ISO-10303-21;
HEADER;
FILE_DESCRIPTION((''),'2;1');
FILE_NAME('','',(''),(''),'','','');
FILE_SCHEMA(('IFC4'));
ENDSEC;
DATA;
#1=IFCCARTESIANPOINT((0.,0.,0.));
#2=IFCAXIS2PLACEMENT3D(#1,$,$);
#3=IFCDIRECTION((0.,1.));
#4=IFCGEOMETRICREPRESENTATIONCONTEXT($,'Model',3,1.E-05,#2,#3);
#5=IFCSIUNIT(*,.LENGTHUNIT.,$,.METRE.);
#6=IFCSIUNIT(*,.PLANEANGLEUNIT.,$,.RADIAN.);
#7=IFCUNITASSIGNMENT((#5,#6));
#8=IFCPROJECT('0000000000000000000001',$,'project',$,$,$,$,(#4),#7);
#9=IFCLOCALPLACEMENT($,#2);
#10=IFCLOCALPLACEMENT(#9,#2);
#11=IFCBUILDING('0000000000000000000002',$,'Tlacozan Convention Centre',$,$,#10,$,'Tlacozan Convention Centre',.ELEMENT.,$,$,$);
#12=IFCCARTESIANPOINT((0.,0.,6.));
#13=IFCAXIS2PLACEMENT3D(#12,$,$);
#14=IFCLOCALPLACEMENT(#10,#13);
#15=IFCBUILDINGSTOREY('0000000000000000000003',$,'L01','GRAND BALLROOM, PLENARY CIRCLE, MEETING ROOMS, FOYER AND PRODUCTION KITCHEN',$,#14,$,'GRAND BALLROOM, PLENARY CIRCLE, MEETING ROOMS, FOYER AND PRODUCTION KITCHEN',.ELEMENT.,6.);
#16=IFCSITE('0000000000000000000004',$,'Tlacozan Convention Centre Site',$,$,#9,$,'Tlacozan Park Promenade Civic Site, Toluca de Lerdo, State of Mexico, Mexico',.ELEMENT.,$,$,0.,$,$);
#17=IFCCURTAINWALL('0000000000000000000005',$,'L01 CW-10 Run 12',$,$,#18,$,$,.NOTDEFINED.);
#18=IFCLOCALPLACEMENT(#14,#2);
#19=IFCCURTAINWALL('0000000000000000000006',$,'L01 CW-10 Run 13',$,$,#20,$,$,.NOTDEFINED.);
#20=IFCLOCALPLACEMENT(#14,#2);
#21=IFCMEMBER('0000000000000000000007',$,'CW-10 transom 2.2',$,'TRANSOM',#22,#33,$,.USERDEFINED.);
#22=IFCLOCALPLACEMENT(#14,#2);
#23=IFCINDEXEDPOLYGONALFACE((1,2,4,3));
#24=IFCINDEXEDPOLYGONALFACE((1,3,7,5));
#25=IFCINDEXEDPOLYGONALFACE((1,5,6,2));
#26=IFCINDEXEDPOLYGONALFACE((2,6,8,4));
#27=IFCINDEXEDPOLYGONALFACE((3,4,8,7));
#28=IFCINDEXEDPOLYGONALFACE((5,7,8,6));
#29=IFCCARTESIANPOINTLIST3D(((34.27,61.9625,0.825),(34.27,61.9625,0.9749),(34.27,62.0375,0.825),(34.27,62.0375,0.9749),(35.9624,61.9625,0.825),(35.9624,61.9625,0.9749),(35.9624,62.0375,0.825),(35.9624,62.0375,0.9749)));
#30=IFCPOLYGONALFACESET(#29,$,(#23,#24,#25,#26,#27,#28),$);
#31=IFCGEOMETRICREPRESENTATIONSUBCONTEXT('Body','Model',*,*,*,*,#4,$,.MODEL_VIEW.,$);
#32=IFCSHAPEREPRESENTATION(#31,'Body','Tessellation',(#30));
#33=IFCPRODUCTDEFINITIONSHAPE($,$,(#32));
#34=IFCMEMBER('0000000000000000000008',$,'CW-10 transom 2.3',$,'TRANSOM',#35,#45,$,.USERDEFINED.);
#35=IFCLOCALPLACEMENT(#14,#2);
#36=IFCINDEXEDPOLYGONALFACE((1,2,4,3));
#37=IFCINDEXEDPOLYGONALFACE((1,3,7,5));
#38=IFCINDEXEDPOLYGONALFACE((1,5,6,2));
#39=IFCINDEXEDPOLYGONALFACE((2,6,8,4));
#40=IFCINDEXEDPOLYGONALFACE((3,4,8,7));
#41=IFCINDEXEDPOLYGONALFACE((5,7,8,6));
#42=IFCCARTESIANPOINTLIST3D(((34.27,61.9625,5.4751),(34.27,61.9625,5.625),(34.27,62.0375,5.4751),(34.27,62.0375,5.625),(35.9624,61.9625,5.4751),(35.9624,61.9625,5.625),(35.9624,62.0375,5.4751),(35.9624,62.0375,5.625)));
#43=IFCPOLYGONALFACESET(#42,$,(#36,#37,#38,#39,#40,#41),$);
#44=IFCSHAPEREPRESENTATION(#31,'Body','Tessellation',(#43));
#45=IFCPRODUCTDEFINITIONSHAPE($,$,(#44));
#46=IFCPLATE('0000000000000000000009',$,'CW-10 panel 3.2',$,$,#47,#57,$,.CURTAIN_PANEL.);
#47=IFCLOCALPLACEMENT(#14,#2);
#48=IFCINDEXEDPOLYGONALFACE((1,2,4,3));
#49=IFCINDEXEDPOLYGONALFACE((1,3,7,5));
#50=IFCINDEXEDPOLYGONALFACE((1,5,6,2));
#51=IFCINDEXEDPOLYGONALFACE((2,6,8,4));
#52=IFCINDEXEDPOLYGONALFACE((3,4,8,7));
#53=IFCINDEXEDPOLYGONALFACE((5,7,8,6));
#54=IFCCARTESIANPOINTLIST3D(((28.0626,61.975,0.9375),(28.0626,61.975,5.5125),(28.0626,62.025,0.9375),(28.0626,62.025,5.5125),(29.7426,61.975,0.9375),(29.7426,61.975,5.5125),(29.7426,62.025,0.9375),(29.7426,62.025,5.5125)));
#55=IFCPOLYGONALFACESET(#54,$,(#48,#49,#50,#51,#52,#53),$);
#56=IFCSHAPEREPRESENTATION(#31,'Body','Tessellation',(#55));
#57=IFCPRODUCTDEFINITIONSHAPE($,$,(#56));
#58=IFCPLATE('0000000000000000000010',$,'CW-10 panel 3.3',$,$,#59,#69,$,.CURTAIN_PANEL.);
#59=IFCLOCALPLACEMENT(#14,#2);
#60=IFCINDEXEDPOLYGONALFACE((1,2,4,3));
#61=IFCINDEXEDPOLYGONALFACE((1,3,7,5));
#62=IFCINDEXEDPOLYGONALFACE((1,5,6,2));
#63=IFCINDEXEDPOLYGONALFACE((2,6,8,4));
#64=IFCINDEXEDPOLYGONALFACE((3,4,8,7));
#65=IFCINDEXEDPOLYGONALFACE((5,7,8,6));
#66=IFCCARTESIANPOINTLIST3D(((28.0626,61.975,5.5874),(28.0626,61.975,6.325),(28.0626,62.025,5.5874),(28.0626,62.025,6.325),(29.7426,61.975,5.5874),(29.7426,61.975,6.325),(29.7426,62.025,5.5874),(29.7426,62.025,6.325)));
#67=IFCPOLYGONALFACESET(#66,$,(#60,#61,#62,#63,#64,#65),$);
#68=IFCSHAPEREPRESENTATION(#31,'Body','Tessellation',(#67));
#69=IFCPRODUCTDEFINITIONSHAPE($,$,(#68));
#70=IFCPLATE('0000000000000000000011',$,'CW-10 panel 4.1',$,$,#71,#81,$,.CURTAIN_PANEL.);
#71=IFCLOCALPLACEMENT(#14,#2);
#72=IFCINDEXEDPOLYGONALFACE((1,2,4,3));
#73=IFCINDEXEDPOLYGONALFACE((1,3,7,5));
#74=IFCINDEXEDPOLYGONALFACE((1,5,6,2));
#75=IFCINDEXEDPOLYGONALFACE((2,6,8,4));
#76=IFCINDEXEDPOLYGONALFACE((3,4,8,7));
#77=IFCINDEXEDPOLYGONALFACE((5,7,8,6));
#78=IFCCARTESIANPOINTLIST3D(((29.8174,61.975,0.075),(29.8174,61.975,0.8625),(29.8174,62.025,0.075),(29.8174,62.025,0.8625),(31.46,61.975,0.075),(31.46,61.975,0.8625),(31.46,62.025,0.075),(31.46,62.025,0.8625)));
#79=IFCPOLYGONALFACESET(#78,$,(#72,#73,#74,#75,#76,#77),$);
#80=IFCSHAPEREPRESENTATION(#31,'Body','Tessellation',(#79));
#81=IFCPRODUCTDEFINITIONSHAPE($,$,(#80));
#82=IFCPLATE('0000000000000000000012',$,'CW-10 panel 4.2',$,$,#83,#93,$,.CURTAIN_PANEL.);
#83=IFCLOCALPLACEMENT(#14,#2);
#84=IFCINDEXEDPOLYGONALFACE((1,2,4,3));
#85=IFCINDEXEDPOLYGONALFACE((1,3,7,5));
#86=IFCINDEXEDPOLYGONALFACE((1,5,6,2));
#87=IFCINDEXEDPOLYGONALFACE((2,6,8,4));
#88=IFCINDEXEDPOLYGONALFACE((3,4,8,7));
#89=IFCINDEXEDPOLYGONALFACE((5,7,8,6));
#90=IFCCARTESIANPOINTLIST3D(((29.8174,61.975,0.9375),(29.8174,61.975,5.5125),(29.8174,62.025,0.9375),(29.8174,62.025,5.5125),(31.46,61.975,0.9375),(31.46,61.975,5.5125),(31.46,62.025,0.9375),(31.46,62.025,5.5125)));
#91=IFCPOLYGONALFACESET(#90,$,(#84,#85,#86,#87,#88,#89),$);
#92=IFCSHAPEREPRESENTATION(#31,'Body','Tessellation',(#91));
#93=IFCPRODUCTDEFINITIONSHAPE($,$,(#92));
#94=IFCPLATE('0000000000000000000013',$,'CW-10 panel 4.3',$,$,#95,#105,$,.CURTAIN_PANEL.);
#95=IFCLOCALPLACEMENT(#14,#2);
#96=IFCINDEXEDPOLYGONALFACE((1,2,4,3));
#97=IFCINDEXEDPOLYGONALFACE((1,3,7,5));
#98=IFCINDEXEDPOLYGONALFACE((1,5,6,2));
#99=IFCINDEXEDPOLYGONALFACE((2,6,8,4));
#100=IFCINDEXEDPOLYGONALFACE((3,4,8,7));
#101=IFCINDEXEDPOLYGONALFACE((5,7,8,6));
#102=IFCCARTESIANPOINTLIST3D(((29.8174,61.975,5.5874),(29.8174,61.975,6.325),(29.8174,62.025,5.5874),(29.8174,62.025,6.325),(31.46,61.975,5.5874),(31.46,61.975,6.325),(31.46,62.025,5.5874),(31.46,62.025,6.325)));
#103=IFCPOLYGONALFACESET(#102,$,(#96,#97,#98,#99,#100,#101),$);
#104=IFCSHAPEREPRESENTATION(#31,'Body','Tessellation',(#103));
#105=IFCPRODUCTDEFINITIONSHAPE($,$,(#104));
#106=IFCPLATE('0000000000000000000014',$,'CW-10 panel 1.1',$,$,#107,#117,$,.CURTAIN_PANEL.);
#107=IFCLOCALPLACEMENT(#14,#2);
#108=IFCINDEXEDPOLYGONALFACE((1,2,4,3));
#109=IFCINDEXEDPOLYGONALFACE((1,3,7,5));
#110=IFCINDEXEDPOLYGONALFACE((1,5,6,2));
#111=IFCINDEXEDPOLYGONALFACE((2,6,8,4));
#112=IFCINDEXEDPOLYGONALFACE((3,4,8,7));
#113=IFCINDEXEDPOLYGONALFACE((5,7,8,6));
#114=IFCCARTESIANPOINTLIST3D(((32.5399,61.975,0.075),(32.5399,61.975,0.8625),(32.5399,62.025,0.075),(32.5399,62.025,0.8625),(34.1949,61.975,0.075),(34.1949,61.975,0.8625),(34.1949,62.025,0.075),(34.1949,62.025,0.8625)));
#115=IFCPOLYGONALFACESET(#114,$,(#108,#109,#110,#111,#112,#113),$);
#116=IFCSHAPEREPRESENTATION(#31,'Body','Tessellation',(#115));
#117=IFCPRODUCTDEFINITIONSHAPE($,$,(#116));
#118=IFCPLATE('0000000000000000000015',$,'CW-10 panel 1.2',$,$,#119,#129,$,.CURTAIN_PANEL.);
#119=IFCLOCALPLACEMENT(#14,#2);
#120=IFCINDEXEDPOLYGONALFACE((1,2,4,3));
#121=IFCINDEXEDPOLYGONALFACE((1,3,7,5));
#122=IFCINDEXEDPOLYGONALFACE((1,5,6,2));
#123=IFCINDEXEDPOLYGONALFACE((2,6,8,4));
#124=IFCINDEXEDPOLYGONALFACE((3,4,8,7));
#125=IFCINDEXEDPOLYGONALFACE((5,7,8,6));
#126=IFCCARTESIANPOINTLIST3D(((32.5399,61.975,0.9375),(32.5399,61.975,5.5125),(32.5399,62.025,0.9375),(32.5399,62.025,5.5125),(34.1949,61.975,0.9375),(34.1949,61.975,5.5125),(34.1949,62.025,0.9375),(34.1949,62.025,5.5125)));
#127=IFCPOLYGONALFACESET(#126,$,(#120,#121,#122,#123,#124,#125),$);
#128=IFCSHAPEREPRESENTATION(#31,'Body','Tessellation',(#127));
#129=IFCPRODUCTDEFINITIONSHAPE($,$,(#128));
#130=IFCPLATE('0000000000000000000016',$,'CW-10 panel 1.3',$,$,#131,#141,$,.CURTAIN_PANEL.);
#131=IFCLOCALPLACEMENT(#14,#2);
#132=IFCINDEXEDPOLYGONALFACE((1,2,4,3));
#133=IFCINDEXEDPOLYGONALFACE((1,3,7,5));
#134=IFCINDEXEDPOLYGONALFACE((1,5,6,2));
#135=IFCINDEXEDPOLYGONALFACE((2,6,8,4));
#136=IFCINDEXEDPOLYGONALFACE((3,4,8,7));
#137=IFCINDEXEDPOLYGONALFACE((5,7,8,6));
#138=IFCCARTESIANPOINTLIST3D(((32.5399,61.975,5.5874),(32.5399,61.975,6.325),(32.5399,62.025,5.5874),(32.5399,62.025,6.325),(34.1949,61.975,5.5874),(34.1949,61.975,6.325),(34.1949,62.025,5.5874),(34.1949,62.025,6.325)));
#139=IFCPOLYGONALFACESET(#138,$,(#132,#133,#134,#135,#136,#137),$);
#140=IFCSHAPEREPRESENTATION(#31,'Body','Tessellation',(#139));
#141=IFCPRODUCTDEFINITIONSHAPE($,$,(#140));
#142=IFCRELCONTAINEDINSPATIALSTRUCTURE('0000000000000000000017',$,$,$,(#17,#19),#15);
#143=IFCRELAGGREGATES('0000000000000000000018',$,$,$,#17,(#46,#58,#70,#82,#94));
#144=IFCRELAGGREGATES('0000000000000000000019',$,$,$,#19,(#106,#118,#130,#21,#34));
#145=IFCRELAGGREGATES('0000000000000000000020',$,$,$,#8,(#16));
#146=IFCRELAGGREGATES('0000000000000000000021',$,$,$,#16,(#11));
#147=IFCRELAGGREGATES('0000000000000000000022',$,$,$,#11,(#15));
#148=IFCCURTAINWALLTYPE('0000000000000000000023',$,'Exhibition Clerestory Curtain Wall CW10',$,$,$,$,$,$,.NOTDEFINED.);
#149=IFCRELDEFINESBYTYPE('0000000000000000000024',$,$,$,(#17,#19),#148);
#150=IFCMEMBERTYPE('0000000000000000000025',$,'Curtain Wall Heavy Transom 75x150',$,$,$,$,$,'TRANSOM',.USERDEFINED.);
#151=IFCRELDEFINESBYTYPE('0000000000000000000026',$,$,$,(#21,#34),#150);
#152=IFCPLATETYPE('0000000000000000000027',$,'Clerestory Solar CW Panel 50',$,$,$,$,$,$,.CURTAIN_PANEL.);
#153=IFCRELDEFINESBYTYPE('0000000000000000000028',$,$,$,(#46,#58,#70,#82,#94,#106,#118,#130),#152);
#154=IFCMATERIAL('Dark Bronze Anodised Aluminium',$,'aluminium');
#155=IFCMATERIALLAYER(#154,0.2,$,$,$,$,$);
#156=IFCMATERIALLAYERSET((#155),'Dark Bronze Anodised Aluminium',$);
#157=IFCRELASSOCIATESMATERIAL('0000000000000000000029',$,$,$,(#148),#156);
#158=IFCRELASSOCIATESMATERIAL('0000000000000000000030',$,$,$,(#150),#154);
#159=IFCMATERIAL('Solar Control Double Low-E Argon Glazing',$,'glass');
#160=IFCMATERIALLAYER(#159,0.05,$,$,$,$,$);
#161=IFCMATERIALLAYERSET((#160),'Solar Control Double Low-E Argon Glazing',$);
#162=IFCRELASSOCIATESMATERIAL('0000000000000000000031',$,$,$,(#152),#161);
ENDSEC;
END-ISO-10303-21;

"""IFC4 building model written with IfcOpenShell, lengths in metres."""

from ifc_helpers import new_model, si_unit, direction, frame, origin, origin_2d, place, context, subcontext, project, spatial, rectangle, extrude, material, layer, layer_set, material_profile, profile_set, type_object, element, aggregate, save


model = new_model("IFC4")

# Units and contexts
model_context = context("Model", 3, precision=1e-05, world=origin(), true_north=direction((0.0, 1.0)))
body_context = subcontext(model_context, "Body", "Model", "MODEL_VIEW")
ifc_project = project(units=[si_unit("LENGTHUNIT", "METRE"), si_unit("PLANEANGLEUNIT", "RADIAN")], contexts=[model_context])

# Site, building, storey
site_placement = place(None, origin())
site = spatial("IfcSite", under=ifc_project, at=site_placement, Name="Tlacozan Convention Centre Site", LongName="Tlacozan Park Promenade Civic Site, Toluca de Lerdo, State of Mexico, Mexico", CompositionType="ELEMENT", RefElevation=0.0)
building_placement = place(site_placement, origin())
building = spatial("IfcBuilding", under=site, at=building_placement, Name="Tlacozan Convention Centre", LongName="Tlacozan Convention Centre", CompositionType="ELEMENT")
storey_placement = place(building_placement, frame((0.0, 0.0, 6.0)))
storey = spatial("IfcBuildingStorey", under=building, at=storey_placement, Name="L01", Description="GRAND BALLROOM, PLENARY CIRCLE, MEETING ROOMS, FOYER AND PRODUCTION KITCHEN", LongName="GRAND BALLROOM, PLENARY CIRCLE, MEETING ROOMS, FOYER AND PRODUCTION KITCHEN", CompositionType="ELEMENT", Elevation=6.0)

# Curtain walls
ifc_material_1 = material(Name="Dark Bronze Anodised Aluminium", Category="aluminium")
ifc_layer_1 = layer(ifc_material_1, 0.2)
ifc_layer_set_1 = layer_set([ifc_layer_1], Name="Dark Bronze Anodised Aluminium")
curtain_wall_type = type_object("IfcCurtainWallType", Name="Exhibition Clerestory Curtain Wall CW10", PredefinedType="NOTDEFINED", material=ifc_layer_set_1)
curtain_wall_1_placement = place(storey_placement, origin())
curtain_wall_1 = element("IfcCurtainWall", 1, at=curtain_wall_1_placement, inside=storey, type_object=curtain_wall_type, Name="L01 CW-10 Run 12", PredefinedType="NOTDEFINED")
curtain_wall_2_placement = place(storey_placement, origin())
curtain_wall_2 = element("IfcCurtainWall", 2, at=curtain_wall_2_placement, inside=storey, type_object=curtain_wall_type, Name="L01 CW-10 Run 13", PredefinedType="NOTDEFINED")

# Members
ifc_material_profile_1 = material_profile(ifc_material_1, rectangle(XDim=0.075, YDim=0.1499, at=origin_2d()), Name="ALU 75x150")
ifc_profile_set_1 = profile_set([ifc_material_profile_1], Name="Dark Bronze Anodised Aluminium")
member_type_1 = type_object("IfcMemberType", Name="Curtain Wall Heavy Transom 75x150", ElementType="TRANSOM", PredefinedType="USERDEFINED", material=ifc_profile_set_1)
member_1_placement = place(storey_placement, frame((34.27, 62.0, 0.8999), z_axis=(1.0, 0.0, 0.0), x_axis=(0.0, 1.0, 0.0)))
member_1 = element("IfcMember", 3, at=member_1_placement, type_object=member_type_1, Name="CW-10 transom 2.2", ObjectType="TRANSOM", PredefinedType="USERDEFINED", context=body_context, shape_type="SweptSolid", body=[
    extrude(rectangle(XDim=0.075, YDim=0.1499, at=origin_2d()), origin(), (0.0, 0.0, 1.0), 1.6924),
])
member_2_placement = place(storey_placement, frame((34.27, 62.0, 5.55), z_axis=(1.0, 0.0, 0.0), x_axis=(0.0, 1.0, 0.0)))
member_2 = element("IfcMember", 4, at=member_2_placement, type_object=member_type_1, Name="CW-10 transom 2.3", ObjectType="TRANSOM", PredefinedType="USERDEFINED", context=body_context, shape_type="SweptSolid", body=[
    extrude(rectangle(XDim=0.075, YDim=0.1499, at=origin_2d()), origin(), (0.0, 0.0, 1.0), 1.6924),
])

# Plates
ifc_material_2 = material(Name="Solar Control Double Low-E Argon Glazing", Category="glass")
ifc_layer_2 = layer(ifc_material_2, 0.05)
ifc_layer_set_2 = layer_set([ifc_layer_2], Name="Solar Control Double Low-E Argon Glazing")
plate_type = type_object("IfcPlateType", Name="Clerestory Solar CW Panel 50", PredefinedType="CURTAIN_PANEL", material=ifc_layer_set_2)
plate_1_placement = place(storey_placement, frame((28.9026, 62.0, 0.9375), z_axis=(0.0, 0.0, 1.0), x_axis=(1.0, 0.0, 0.0)))
plate_1 = element("IfcPlate", 5, at=plate_1_placement, type_object=plate_type, Name="CW-10 panel 3.2", PredefinedType="CURTAIN_PANEL", context=body_context, shape_type="SweptSolid", body=[
    extrude(rectangle(XDim=1.6799, YDim=0.05, at=origin_2d()), origin(), (0.0, 0.0, 1.0), 4.575),
])
plate_2_placement = place(storey_placement, frame((28.9026, 62.0, 5.5874), z_axis=(0.0, 0.0, 1.0), x_axis=(1.0, 0.0, 0.0)))
plate_2 = element("IfcPlate", 6, at=plate_2_placement, type_object=plate_type, Name="CW-10 panel 3.3", PredefinedType="CURTAIN_PANEL", context=body_context, shape_type="SweptSolid", body=[
    extrude(rectangle(XDim=1.6799, YDim=0.05, at=origin_2d()), origin(), (0.0, 0.0, 1.0), 0.7375),
])
plate_3_placement = place(storey_placement, frame((30.6387, 62.0, 0.075), z_axis=(0.0, 0.0, 1.0), x_axis=(1.0, 0.0, 0.0)))
plate_3 = element("IfcPlate", 7, at=plate_3_placement, type_object=plate_type, Name="CW-10 panel 4.1", PredefinedType="CURTAIN_PANEL", context=body_context, shape_type="SweptSolid", body=[
    extrude(rectangle(XDim=1.6426, YDim=0.05, at=origin_2d()), origin(), (0.0, 0.0, 1.0), 0.7876),
])
plate_4_placement = place(storey_placement, frame((30.6387, 62.0, 0.9375), z_axis=(0.0, 0.0, 1.0), x_axis=(1.0, 0.0, 0.0)))
plate_4 = element("IfcPlate", 8, at=plate_4_placement, type_object=plate_type, Name="CW-10 panel 4.2", PredefinedType="CURTAIN_PANEL", context=body_context, shape_type="SweptSolid", body=[
    extrude(rectangle(XDim=1.6426, YDim=0.05, at=origin_2d()), origin(), (0.0, 0.0, 1.0), 4.575),
])
plate_5_placement = place(storey_placement, frame((30.6387, 62.0, 5.5874), z_axis=(0.0, 0.0, 1.0), x_axis=(1.0, 0.0, 0.0)))
plate_5 = element("IfcPlate", 9, at=plate_5_placement, type_object=plate_type, Name="CW-10 panel 4.3", PredefinedType="CURTAIN_PANEL", context=body_context, shape_type="SweptSolid", body=[
    extrude(rectangle(XDim=1.6426, YDim=0.05, at=origin_2d()), origin(), (0.0, 0.0, 1.0), 0.7375),
])
aggregate(curtain_wall_1, [plate_1, plate_2, plate_3, plate_4, plate_5])
plate_6_placement = place(storey_placement, frame((33.3674, 62.0, 0.075), z_axis=(0.0, 0.0, 1.0), x_axis=(1.0, 0.0, 0.0)))
plate_6 = element("IfcPlate", 10, at=plate_6_placement, type_object=plate_type, Name="CW-10 panel 1.1", PredefinedType="CURTAIN_PANEL", context=body_context, shape_type="SweptSolid", body=[
    extrude(rectangle(XDim=1.655, YDim=0.05, at=origin_2d()), origin(), (0.0, 0.0, 1.0), 0.7876),
])
plate_7_placement = place(storey_placement, frame((33.3674, 62.0, 0.9375), z_axis=(0.0, 0.0, 1.0), x_axis=(1.0, 0.0, 0.0)))
plate_7 = element("IfcPlate", 11, at=plate_7_placement, type_object=plate_type, Name="CW-10 panel 1.2", PredefinedType="CURTAIN_PANEL", context=body_context, shape_type="SweptSolid", body=[
    extrude(rectangle(XDim=1.655, YDim=0.05, at=origin_2d()), origin(), (0.0, 0.0, 1.0), 4.575),
])
plate_8_placement = place(storey_placement, frame((33.3674, 62.0, 5.5874), z_axis=(0.0, 0.0, 1.0), x_axis=(1.0, 0.0, 0.0)))
plate_8 = element("IfcPlate", 12, at=plate_8_placement, type_object=plate_type, Name="CW-10 panel 1.3", PredefinedType="CURTAIN_PANEL", context=body_context, shape_type="SweptSolid", body=[
    extrude(rectangle(XDim=1.655, YDim=0.05, at=origin_2d()), origin(), (0.0, 0.0, 1.0), 0.7375),
])
aggregate(curtain_wall_2, [plate_6, plate_7, plate_8, member_1, member_2])

save(model, "model.ifc")
